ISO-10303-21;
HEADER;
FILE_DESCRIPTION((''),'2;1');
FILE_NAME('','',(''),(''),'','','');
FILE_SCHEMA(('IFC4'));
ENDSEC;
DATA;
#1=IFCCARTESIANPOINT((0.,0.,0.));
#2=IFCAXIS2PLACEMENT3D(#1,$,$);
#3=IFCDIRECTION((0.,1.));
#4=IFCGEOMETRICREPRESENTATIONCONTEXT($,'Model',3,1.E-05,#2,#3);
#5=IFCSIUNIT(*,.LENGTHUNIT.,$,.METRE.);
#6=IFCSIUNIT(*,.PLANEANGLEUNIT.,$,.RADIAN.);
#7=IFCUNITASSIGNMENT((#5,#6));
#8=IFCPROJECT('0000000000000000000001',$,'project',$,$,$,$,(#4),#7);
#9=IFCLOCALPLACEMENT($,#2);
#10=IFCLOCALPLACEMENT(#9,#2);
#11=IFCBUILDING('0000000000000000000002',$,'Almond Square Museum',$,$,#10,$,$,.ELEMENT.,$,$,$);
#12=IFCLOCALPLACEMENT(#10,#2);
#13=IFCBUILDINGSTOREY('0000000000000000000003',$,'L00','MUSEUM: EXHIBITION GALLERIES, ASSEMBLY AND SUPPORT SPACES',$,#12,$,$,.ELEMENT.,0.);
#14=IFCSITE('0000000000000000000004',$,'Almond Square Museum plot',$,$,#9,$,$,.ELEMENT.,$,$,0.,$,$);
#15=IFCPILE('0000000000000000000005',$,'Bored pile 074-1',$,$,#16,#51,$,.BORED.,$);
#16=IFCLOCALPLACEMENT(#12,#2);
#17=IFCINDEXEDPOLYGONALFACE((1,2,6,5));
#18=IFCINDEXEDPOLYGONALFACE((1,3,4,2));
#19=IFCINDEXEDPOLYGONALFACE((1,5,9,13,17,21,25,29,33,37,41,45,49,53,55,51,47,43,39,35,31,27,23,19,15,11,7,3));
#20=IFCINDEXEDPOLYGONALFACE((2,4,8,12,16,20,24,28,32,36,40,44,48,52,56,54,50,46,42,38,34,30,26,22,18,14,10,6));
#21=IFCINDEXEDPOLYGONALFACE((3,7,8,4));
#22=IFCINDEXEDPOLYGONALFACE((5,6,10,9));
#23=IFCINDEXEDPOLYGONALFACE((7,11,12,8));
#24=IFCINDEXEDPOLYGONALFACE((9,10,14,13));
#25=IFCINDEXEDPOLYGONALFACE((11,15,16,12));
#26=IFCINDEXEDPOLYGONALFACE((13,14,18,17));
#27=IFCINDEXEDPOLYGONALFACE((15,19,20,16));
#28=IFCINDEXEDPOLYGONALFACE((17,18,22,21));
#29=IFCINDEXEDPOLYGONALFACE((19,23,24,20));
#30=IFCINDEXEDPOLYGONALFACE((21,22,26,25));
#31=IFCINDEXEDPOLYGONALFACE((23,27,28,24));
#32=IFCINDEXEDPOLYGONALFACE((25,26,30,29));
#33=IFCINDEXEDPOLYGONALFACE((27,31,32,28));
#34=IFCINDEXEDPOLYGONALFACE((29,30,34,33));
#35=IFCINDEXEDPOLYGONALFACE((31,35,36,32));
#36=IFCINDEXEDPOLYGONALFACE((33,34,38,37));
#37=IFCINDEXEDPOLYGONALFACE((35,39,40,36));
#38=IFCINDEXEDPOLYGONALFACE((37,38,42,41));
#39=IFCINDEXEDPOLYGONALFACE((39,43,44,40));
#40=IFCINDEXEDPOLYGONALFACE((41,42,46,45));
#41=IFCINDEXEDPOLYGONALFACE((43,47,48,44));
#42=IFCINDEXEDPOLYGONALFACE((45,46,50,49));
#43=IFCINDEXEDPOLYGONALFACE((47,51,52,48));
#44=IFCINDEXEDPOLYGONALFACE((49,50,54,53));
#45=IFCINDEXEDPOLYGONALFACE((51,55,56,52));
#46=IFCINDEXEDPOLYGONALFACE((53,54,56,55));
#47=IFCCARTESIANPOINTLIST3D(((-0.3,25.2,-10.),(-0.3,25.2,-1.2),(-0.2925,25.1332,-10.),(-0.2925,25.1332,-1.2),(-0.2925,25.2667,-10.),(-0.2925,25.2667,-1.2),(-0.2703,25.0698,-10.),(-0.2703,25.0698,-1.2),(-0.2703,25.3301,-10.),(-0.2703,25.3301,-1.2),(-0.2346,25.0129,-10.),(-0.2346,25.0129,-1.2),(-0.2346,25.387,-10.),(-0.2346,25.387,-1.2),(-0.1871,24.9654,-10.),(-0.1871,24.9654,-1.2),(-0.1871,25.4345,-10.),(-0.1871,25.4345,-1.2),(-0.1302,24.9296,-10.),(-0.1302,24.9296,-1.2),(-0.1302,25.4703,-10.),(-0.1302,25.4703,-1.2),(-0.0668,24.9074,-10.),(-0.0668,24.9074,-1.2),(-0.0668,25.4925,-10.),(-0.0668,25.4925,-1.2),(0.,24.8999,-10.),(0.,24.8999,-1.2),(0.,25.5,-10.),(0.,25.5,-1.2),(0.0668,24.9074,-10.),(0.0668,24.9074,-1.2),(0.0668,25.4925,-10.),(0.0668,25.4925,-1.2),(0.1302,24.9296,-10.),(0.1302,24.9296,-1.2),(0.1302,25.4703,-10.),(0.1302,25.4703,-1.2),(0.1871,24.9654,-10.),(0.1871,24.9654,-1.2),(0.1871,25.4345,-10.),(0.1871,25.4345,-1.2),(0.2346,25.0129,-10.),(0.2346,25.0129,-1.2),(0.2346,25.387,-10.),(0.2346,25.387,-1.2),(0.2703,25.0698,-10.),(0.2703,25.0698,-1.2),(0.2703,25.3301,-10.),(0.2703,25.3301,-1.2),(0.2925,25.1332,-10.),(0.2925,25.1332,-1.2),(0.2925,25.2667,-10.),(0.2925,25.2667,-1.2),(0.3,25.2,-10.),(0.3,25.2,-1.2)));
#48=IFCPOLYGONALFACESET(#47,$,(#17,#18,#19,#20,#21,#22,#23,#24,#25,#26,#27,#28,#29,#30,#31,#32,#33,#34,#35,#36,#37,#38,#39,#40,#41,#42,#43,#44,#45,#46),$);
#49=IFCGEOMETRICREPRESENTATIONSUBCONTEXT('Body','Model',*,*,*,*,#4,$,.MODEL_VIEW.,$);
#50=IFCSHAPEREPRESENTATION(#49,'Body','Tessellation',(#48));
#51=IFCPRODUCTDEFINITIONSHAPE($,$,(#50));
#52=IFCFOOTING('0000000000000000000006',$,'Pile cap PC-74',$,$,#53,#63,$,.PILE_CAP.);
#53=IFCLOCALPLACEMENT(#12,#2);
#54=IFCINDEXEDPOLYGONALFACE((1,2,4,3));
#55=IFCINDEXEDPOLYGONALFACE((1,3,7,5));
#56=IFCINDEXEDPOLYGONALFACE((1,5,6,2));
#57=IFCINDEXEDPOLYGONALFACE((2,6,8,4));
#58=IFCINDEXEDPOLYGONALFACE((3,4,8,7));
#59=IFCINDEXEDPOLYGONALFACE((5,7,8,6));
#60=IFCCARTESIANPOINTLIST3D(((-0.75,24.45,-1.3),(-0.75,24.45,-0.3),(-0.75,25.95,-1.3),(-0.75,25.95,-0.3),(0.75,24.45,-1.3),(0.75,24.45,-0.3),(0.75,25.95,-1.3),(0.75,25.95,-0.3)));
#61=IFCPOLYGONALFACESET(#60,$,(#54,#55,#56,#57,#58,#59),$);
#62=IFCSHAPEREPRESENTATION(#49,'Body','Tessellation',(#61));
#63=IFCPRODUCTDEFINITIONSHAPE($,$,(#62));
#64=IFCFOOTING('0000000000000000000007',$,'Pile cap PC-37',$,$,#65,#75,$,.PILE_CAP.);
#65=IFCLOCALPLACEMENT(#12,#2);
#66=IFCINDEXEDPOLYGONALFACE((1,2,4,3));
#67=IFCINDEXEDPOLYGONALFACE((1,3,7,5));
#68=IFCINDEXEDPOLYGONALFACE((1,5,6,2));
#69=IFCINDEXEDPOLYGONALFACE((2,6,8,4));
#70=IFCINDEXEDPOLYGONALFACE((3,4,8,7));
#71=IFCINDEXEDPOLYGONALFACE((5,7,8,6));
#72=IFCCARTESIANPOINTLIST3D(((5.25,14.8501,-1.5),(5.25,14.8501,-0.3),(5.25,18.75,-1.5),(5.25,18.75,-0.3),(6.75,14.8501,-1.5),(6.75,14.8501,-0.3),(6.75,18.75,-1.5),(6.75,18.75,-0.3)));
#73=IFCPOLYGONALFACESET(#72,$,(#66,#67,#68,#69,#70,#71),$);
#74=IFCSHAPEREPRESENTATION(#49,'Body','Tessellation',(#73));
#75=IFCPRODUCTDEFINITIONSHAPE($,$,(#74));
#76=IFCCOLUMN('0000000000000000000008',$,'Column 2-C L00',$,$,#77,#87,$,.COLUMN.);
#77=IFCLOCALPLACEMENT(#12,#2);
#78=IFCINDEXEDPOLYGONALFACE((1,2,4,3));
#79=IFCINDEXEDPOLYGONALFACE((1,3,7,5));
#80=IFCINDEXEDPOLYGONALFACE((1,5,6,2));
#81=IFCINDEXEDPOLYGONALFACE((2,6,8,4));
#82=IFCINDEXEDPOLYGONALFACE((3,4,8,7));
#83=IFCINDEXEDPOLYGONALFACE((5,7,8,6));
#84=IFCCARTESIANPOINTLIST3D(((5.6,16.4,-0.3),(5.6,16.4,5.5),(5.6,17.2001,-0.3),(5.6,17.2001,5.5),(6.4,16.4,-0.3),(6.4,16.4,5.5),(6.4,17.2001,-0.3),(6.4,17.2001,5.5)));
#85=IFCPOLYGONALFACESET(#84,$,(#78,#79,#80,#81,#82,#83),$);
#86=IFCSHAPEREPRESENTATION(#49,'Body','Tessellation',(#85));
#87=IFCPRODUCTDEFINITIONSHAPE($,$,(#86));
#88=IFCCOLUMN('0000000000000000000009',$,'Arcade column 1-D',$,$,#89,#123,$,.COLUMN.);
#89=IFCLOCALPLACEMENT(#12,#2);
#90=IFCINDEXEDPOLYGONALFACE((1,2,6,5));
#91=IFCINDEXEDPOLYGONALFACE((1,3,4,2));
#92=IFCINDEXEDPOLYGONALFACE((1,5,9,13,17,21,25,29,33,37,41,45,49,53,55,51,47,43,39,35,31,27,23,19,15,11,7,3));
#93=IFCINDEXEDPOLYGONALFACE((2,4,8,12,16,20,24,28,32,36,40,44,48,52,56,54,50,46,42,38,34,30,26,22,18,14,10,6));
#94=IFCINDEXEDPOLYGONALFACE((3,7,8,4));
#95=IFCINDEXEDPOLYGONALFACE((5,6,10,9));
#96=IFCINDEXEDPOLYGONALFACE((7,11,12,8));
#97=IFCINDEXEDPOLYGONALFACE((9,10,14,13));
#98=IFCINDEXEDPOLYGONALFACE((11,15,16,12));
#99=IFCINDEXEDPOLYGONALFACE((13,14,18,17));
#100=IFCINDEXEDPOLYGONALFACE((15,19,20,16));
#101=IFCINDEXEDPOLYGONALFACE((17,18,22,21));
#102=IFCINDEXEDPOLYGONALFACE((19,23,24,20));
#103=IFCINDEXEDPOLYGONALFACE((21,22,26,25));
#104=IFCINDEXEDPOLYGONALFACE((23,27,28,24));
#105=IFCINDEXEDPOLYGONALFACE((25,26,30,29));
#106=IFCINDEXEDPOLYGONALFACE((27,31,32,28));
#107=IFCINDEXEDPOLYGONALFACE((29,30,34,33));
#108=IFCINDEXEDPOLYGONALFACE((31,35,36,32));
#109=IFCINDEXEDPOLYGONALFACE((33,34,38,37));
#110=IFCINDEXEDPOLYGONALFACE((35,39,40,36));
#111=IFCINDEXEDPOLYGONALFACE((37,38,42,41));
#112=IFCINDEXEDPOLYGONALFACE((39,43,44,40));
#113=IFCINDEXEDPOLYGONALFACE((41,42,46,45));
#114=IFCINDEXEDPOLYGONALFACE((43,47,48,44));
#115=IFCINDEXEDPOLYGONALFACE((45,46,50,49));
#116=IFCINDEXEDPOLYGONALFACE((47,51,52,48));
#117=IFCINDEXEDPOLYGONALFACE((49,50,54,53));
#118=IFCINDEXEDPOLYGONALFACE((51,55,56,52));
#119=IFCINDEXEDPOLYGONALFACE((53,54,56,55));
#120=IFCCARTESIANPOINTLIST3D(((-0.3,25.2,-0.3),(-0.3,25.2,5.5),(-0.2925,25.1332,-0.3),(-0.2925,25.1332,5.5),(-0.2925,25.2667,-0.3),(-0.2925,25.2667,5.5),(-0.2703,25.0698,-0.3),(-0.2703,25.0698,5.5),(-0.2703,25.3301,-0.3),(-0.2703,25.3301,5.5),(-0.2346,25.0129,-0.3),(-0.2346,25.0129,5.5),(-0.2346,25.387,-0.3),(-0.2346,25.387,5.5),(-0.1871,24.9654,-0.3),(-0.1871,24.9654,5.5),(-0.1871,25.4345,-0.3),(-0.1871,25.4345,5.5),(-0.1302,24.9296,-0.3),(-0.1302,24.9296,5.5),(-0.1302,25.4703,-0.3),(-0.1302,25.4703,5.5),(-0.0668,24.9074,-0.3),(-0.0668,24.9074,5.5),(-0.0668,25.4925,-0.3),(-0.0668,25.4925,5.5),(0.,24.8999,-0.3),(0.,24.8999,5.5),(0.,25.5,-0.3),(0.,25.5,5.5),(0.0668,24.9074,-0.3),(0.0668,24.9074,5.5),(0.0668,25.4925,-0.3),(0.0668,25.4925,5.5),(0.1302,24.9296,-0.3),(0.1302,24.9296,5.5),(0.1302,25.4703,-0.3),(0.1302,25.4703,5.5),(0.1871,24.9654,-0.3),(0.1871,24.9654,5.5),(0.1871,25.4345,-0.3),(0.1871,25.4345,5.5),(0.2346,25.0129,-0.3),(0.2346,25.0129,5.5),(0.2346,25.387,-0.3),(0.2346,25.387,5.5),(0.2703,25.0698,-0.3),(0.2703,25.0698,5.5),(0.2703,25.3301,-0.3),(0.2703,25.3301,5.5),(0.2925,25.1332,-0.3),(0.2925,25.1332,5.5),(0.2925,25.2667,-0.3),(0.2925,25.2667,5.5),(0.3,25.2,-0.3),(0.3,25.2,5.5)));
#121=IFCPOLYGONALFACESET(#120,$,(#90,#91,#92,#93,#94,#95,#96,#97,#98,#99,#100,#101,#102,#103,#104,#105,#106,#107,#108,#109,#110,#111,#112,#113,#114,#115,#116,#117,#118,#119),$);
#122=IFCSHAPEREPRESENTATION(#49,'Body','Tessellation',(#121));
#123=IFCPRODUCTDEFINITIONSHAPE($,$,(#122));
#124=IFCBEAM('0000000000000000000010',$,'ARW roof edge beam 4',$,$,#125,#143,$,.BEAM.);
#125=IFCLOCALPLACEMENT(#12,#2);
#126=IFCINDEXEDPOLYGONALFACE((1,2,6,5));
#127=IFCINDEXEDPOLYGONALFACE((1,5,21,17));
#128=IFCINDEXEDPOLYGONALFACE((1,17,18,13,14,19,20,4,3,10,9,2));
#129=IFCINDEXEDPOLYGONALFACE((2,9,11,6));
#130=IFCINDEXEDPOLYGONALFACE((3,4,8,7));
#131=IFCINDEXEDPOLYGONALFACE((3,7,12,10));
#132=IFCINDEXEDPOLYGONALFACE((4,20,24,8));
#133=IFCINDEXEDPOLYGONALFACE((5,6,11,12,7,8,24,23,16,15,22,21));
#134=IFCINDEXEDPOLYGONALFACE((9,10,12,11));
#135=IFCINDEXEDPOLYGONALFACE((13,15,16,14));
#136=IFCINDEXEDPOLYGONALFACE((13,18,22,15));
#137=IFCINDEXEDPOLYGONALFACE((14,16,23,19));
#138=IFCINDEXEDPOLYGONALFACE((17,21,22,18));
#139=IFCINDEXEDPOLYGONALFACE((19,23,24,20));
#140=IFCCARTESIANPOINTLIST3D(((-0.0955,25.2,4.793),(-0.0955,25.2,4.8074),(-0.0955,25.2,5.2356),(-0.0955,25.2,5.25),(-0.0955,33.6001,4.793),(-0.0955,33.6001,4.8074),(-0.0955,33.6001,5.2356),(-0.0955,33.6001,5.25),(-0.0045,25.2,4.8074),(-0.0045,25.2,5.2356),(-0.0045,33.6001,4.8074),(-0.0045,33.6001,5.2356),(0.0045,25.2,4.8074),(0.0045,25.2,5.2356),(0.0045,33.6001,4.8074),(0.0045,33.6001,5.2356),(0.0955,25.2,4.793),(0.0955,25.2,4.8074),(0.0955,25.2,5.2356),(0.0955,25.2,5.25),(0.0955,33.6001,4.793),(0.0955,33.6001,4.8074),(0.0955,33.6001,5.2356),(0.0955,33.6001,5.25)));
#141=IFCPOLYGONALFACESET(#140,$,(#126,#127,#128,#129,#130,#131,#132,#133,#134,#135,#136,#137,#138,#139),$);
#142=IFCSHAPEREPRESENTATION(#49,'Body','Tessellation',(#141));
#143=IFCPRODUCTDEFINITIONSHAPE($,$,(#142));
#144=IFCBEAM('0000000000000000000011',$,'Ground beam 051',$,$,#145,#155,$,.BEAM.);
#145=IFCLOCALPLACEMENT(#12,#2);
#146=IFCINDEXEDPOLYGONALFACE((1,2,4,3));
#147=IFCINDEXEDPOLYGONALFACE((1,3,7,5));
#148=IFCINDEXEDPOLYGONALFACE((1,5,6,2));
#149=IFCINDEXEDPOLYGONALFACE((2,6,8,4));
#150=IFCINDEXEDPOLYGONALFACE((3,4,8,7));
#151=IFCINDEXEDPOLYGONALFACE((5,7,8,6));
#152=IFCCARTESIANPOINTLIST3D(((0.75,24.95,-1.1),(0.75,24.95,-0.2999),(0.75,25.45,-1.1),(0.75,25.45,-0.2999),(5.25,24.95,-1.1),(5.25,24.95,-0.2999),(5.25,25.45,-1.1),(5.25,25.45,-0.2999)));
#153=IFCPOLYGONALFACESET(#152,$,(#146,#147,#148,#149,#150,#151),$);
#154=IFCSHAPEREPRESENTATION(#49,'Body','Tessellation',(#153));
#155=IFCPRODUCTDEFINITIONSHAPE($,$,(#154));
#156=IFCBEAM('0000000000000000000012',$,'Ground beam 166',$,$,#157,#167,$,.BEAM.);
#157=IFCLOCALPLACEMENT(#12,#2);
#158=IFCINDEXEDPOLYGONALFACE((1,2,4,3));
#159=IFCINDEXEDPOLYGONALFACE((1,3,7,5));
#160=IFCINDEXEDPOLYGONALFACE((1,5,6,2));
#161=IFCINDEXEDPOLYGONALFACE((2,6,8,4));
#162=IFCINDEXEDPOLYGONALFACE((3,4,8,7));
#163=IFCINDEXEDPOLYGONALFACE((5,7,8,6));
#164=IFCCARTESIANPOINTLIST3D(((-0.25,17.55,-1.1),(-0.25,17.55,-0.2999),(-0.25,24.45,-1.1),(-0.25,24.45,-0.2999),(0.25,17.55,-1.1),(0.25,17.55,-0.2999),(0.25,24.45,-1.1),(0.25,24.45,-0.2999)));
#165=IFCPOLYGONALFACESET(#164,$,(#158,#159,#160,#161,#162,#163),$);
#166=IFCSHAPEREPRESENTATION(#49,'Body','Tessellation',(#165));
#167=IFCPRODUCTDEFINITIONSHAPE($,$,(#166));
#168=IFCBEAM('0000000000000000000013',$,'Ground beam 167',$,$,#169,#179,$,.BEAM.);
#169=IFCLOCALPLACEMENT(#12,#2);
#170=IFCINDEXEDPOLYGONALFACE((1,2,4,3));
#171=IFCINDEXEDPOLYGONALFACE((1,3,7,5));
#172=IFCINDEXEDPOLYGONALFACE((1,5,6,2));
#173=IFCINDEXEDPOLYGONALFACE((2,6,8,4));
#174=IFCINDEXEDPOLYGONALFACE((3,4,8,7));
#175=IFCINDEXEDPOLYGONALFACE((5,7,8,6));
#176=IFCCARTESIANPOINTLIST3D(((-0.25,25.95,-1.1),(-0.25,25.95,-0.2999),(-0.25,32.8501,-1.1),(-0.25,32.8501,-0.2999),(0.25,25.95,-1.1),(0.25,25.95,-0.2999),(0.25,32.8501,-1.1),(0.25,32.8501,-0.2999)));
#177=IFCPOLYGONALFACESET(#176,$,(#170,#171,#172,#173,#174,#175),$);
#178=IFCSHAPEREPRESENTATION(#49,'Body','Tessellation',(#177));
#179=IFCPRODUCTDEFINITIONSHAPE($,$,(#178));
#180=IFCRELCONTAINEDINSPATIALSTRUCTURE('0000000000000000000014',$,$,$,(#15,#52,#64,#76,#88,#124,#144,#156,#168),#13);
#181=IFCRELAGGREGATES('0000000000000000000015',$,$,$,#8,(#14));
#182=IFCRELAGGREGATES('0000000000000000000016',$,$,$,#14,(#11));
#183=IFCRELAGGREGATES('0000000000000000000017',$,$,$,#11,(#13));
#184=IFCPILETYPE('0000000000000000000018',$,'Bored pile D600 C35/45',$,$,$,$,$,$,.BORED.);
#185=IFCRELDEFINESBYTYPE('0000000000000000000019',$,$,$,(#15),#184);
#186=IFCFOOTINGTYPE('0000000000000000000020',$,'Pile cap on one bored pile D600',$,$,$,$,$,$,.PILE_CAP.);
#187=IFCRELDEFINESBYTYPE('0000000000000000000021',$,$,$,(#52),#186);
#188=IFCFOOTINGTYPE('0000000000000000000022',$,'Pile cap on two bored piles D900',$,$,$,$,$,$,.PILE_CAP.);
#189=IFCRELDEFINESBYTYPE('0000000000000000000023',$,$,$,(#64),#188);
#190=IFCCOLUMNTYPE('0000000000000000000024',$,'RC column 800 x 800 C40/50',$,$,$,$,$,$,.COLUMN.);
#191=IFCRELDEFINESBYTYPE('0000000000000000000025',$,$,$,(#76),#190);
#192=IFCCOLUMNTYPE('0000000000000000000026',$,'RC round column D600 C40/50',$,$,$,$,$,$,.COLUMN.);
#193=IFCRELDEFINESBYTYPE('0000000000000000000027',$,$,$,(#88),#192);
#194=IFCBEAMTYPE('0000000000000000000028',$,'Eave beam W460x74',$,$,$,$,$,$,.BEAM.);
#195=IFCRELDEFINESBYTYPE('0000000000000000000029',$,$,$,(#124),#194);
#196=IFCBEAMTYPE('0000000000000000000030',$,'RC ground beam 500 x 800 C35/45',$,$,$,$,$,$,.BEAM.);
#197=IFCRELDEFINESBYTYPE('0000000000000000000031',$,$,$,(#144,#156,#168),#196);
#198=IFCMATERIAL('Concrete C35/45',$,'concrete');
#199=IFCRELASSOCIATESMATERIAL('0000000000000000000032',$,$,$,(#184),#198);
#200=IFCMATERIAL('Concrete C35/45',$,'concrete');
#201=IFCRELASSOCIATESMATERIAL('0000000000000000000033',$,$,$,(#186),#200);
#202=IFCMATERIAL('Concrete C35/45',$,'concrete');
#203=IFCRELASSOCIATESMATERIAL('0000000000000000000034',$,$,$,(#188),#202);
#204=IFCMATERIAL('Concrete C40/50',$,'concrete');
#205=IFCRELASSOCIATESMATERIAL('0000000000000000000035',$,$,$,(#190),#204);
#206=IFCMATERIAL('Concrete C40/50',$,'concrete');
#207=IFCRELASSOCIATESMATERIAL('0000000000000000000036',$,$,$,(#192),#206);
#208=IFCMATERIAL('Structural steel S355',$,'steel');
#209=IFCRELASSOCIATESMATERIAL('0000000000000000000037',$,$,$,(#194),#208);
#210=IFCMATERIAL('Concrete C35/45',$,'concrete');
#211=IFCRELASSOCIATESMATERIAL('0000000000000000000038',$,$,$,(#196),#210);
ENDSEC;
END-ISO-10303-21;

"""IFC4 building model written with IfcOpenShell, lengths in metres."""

from ifc_helpers import new_model, si_unit, direction, frame, origin, origin_2d, place, context, subcontext, project, spatial, rectangle, circle, i_section, extrude, material, material_profile, profile_set, type_object, element, save


model = new_model("IFC4")

# Units and contexts
model_context = context("Model", 3, precision=1e-05, world=origin(), true_north=direction((0.0, 1.0)))
body_context = subcontext(model_context, "Body", "Model", "MODEL_VIEW")
ifc_project = project(units=[si_unit("LENGTHUNIT", "METRE"), si_unit("PLANEANGLEUNIT", "RADIAN")], contexts=[model_context])

# Site, building, storey
site_placement = place(None, origin())
site = spatial("IfcSite", under=ifc_project, at=site_placement, Name="Almond Square Museum plot", CompositionType="ELEMENT", RefElevation=0.0)
building_placement = place(site_placement, origin())
building = spatial("IfcBuilding", under=site, at=building_placement, Name="Almond Square Museum", CompositionType="ELEMENT")
storey_placement = place(building_placement, origin())
storey = spatial("IfcBuildingStorey", under=building, at=storey_placement, Name="L00", Description="MUSEUM: EXHIBITION GALLERIES, ASSEMBLY AND SUPPORT SPACES", CompositionType="ELEMENT", Elevation=0.0)

# Pile
ifc_material_1 = material(Name="Concrete C35/45", Category="concrete")
ifc_material_profile_1 = material_profile(ifc_material_1, circle(Radius=0.3, at=origin_2d()))
ifc_profile_set_1 = profile_set([ifc_material_profile_1], Name="Concrete C35/45")
pile_type = type_object("IfcPileType", Name="Bored pile D600 C35/45", PredefinedType="BORED", material=ifc_profile_set_1)
pile_placement = place(storey_placement, frame((0.0, 25.2, -1.2), z_axis=(0.0, 0.0, -1.0), x_axis=(1.0, 0.0, 0.0)))
element("IfcPile", 1, at=pile_placement, inside=storey, type_object=pile_type, Name="Bored pile 074-1", PredefinedType="BORED", context=body_context, shape_type="SweptSolid", body=[
    extrude(circle(Radius=0.3, at=origin_2d()), origin(), (0.0, 0.0, 1.0), 8.8),
])

# Footings
ifc_material_2 = material(Name="Concrete C35/45", Category="concrete")
footing_type_1 = type_object("IfcFootingType", Name="Pile cap on one bored pile D600", PredefinedType="PILE_CAP", material=ifc_material_2)
footing_1_placement = place(storey_placement, frame((0.0, 25.2, -1.3), z_axis=(0.0, 0.0, 1.0), x_axis=(1.0, 0.0, 0.0)))
element("IfcFooting", 2, at=footing_1_placement, inside=storey, type_object=footing_type_1, Name="Pile cap PC-74", PredefinedType="PILE_CAP", context=body_context, shape_type="SweptSolid", body=[
    extrude(rectangle(XDim=1.5, YDim=1.5, at=origin_2d()), origin(), (0.0, 0.0, 1.0), 1.0),
])
ifc_material_3 = material(Name="Concrete C35/45", Category="concrete")
footing_type_2 = type_object("IfcFootingType", Name="Pile cap on two bored piles D900", PredefinedType="PILE_CAP", material=ifc_material_3)
footing_2_placement = place(storey_placement, frame((6.0, 16.8, -1.5), z_axis=(0.0, 0.0, 1.0), x_axis=(1.0, 0.0, 0.0)))
element("IfcFooting", 3, at=footing_2_placement, inside=storey, type_object=footing_type_2, Name="Pile cap PC-37", PredefinedType="PILE_CAP", context=body_context, shape_type="SweptSolid", body=[
    extrude(rectangle(XDim=1.5, YDim=3.8999, at=origin_2d()), origin(), (0.0, 0.0, 1.0), 1.2),
])

# Columns
ifc_material_4 = material(Name="Concrete C40/50", Category="concrete")
ifc_material_profile_2 = material_profile(ifc_material_4, rectangle(XDim=0.8, YDim=0.8, at=origin_2d()))
ifc_profile_set_2 = profile_set([ifc_material_profile_2], Name="Concrete C40/50")
column_type_1 = type_object("IfcColumnType", Name="RC column 800 x 800 C40/50", PredefinedType="COLUMN", material=ifc_profile_set_2)
column_1_placement = place(storey_placement, frame((6.0, 16.8, -0.3), z_axis=(0.0, 0.0, 1.0), x_axis=(1.0, 0.0, 0.0)))
element("IfcColumn", 4, at=column_1_placement, inside=storey, type_object=column_type_1, Name="Column 2-C L00", PredefinedType="COLUMN", context=body_context, shape_type="SweptSolid", body=[
    extrude(rectangle(XDim=0.8, YDim=0.8, at=origin_2d()), origin(), (0.0, 0.0, 1.0), 5.8),
])
ifc_material_5 = material(Name="Concrete C40/50", Category="concrete")
ifc_material_profile_3 = material_profile(ifc_material_5, circle(Radius=0.3, at=origin_2d()))
ifc_profile_set_3 = profile_set([ifc_material_profile_3], Name="Concrete C40/50")
column_type_2 = type_object("IfcColumnType", Name="RC round column D600 C40/50", PredefinedType="COLUMN", material=ifc_profile_set_3)
column_2_placement = place(storey_placement, frame((0.0, 25.2, -0.3), z_axis=(0.0, 0.0, 1.0), x_axis=(1.0, 0.0, 0.0)))
element("IfcColumn", 5, at=column_2_placement, inside=storey, type_object=column_type_2, Name="Arcade column 1-D", PredefinedType="COLUMN", context=body_context, shape_type="SweptSolid", body=[
    extrude(circle(Radius=0.3, at=origin_2d()), origin(), (0.0, 0.0, 1.0), 5.8),
])

# Beams
ifc_material_6 = material(Name="Structural steel S355", Category="steel")
ifc_material_profile_4 = material_profile(ifc_material_6, i_section(OverallWidth=0.1909, OverallDepth=0.457, WebThickness=0.009, FlangeThickness=0.0144, at=origin_2d()))
ifc_profile_set_4 = profile_set([ifc_material_profile_4], Name="Structural steel S355")
beam_type_1 = type_object("IfcBeamType", Name="Eave beam W460x74", PredefinedType="BEAM", material=ifc_profile_set_4)
beam_1_placement = place(storey_placement, frame((0.0, 25.2, 5.0215), z_axis=(0.0, 1.0, 0.0), x_axis=(-1.0, 0.0, 0.0)))
element("IfcBeam", 6, at=beam_1_placement, inside=storey, type_object=beam_type_1, Name="ARW roof edge beam 4", PredefinedType="BEAM", context=body_context, shape_type="SweptSolid", body=[
    extrude(i_section(OverallWidth=0.1909, OverallDepth=0.457, WebThickness=0.009, FlangeThickness=0.0144, at=origin_2d()), origin(), (0.0, 0.0, 1.0), 8.4001),
])
ifc_material_7 = material(Name="Concrete C35/45", Category="concrete")
ifc_material_profile_5 = material_profile(ifc_material_7, rectangle(XDim=0.5, YDim=0.8, at=origin_2d()))
ifc_profile_set_5 = profile_set([ifc_material_profile_5], Name="Concrete C35/45")
beam_type_2 = type_object("IfcBeamType", Name="RC ground beam 500 x 800 C35/45", PredefinedType="BEAM", material=ifc_profile_set_5)
beam_2_placement = place(storey_placement, frame((0.75, 25.2, -0.7), z_axis=(1.0, 0.0, 0.0), x_axis=(0.0, 1.0, 0.0)))
element("IfcBeam", 7, at=beam_2_placement, inside=storey, type_object=beam_type_2, Name="Ground beam 051", PredefinedType="BEAM", context=body_context, shape_type="SweptSolid", body=[
    extrude(rectangle(XDim=0.5, YDim=0.8, at=origin_2d()), origin(), (0.0, 0.0, 1.0), 4.5),
])
beam_3_placement = place(storey_placement, frame((0.0, 17.55, -0.7), z_axis=(0.0, 1.0, 0.0), x_axis=(-1.0, 0.0, 0.0)))
element("IfcBeam", 8, at=beam_3_placement, inside=storey, type_object=beam_type_2, Name="Ground beam 166", PredefinedType="BEAM", context=body_context, shape_type="SweptSolid", body=[
    extrude(rectangle(XDim=0.5, YDim=0.8, at=origin_2d()), origin(), (0.0, 0.0, 1.0), 6.8999),
])
beam_4_placement = place(storey_placement, frame((0.0, 25.95, -0.7), z_axis=(0.0, 1.0, 0.0), x_axis=(-1.0, 0.0, 0.0)))
element("IfcBeam", 9, at=beam_4_placement, inside=storey, type_object=beam_type_2, Name="Ground beam 167", PredefinedType="BEAM", context=body_context, shape_type="SweptSolid", body=[
    extrude(rectangle(XDim=0.5, YDim=0.8, at=origin_2d()), origin(), (0.0, 0.0, 1.0), 6.9001),
])

save(model, "model.ifc")
